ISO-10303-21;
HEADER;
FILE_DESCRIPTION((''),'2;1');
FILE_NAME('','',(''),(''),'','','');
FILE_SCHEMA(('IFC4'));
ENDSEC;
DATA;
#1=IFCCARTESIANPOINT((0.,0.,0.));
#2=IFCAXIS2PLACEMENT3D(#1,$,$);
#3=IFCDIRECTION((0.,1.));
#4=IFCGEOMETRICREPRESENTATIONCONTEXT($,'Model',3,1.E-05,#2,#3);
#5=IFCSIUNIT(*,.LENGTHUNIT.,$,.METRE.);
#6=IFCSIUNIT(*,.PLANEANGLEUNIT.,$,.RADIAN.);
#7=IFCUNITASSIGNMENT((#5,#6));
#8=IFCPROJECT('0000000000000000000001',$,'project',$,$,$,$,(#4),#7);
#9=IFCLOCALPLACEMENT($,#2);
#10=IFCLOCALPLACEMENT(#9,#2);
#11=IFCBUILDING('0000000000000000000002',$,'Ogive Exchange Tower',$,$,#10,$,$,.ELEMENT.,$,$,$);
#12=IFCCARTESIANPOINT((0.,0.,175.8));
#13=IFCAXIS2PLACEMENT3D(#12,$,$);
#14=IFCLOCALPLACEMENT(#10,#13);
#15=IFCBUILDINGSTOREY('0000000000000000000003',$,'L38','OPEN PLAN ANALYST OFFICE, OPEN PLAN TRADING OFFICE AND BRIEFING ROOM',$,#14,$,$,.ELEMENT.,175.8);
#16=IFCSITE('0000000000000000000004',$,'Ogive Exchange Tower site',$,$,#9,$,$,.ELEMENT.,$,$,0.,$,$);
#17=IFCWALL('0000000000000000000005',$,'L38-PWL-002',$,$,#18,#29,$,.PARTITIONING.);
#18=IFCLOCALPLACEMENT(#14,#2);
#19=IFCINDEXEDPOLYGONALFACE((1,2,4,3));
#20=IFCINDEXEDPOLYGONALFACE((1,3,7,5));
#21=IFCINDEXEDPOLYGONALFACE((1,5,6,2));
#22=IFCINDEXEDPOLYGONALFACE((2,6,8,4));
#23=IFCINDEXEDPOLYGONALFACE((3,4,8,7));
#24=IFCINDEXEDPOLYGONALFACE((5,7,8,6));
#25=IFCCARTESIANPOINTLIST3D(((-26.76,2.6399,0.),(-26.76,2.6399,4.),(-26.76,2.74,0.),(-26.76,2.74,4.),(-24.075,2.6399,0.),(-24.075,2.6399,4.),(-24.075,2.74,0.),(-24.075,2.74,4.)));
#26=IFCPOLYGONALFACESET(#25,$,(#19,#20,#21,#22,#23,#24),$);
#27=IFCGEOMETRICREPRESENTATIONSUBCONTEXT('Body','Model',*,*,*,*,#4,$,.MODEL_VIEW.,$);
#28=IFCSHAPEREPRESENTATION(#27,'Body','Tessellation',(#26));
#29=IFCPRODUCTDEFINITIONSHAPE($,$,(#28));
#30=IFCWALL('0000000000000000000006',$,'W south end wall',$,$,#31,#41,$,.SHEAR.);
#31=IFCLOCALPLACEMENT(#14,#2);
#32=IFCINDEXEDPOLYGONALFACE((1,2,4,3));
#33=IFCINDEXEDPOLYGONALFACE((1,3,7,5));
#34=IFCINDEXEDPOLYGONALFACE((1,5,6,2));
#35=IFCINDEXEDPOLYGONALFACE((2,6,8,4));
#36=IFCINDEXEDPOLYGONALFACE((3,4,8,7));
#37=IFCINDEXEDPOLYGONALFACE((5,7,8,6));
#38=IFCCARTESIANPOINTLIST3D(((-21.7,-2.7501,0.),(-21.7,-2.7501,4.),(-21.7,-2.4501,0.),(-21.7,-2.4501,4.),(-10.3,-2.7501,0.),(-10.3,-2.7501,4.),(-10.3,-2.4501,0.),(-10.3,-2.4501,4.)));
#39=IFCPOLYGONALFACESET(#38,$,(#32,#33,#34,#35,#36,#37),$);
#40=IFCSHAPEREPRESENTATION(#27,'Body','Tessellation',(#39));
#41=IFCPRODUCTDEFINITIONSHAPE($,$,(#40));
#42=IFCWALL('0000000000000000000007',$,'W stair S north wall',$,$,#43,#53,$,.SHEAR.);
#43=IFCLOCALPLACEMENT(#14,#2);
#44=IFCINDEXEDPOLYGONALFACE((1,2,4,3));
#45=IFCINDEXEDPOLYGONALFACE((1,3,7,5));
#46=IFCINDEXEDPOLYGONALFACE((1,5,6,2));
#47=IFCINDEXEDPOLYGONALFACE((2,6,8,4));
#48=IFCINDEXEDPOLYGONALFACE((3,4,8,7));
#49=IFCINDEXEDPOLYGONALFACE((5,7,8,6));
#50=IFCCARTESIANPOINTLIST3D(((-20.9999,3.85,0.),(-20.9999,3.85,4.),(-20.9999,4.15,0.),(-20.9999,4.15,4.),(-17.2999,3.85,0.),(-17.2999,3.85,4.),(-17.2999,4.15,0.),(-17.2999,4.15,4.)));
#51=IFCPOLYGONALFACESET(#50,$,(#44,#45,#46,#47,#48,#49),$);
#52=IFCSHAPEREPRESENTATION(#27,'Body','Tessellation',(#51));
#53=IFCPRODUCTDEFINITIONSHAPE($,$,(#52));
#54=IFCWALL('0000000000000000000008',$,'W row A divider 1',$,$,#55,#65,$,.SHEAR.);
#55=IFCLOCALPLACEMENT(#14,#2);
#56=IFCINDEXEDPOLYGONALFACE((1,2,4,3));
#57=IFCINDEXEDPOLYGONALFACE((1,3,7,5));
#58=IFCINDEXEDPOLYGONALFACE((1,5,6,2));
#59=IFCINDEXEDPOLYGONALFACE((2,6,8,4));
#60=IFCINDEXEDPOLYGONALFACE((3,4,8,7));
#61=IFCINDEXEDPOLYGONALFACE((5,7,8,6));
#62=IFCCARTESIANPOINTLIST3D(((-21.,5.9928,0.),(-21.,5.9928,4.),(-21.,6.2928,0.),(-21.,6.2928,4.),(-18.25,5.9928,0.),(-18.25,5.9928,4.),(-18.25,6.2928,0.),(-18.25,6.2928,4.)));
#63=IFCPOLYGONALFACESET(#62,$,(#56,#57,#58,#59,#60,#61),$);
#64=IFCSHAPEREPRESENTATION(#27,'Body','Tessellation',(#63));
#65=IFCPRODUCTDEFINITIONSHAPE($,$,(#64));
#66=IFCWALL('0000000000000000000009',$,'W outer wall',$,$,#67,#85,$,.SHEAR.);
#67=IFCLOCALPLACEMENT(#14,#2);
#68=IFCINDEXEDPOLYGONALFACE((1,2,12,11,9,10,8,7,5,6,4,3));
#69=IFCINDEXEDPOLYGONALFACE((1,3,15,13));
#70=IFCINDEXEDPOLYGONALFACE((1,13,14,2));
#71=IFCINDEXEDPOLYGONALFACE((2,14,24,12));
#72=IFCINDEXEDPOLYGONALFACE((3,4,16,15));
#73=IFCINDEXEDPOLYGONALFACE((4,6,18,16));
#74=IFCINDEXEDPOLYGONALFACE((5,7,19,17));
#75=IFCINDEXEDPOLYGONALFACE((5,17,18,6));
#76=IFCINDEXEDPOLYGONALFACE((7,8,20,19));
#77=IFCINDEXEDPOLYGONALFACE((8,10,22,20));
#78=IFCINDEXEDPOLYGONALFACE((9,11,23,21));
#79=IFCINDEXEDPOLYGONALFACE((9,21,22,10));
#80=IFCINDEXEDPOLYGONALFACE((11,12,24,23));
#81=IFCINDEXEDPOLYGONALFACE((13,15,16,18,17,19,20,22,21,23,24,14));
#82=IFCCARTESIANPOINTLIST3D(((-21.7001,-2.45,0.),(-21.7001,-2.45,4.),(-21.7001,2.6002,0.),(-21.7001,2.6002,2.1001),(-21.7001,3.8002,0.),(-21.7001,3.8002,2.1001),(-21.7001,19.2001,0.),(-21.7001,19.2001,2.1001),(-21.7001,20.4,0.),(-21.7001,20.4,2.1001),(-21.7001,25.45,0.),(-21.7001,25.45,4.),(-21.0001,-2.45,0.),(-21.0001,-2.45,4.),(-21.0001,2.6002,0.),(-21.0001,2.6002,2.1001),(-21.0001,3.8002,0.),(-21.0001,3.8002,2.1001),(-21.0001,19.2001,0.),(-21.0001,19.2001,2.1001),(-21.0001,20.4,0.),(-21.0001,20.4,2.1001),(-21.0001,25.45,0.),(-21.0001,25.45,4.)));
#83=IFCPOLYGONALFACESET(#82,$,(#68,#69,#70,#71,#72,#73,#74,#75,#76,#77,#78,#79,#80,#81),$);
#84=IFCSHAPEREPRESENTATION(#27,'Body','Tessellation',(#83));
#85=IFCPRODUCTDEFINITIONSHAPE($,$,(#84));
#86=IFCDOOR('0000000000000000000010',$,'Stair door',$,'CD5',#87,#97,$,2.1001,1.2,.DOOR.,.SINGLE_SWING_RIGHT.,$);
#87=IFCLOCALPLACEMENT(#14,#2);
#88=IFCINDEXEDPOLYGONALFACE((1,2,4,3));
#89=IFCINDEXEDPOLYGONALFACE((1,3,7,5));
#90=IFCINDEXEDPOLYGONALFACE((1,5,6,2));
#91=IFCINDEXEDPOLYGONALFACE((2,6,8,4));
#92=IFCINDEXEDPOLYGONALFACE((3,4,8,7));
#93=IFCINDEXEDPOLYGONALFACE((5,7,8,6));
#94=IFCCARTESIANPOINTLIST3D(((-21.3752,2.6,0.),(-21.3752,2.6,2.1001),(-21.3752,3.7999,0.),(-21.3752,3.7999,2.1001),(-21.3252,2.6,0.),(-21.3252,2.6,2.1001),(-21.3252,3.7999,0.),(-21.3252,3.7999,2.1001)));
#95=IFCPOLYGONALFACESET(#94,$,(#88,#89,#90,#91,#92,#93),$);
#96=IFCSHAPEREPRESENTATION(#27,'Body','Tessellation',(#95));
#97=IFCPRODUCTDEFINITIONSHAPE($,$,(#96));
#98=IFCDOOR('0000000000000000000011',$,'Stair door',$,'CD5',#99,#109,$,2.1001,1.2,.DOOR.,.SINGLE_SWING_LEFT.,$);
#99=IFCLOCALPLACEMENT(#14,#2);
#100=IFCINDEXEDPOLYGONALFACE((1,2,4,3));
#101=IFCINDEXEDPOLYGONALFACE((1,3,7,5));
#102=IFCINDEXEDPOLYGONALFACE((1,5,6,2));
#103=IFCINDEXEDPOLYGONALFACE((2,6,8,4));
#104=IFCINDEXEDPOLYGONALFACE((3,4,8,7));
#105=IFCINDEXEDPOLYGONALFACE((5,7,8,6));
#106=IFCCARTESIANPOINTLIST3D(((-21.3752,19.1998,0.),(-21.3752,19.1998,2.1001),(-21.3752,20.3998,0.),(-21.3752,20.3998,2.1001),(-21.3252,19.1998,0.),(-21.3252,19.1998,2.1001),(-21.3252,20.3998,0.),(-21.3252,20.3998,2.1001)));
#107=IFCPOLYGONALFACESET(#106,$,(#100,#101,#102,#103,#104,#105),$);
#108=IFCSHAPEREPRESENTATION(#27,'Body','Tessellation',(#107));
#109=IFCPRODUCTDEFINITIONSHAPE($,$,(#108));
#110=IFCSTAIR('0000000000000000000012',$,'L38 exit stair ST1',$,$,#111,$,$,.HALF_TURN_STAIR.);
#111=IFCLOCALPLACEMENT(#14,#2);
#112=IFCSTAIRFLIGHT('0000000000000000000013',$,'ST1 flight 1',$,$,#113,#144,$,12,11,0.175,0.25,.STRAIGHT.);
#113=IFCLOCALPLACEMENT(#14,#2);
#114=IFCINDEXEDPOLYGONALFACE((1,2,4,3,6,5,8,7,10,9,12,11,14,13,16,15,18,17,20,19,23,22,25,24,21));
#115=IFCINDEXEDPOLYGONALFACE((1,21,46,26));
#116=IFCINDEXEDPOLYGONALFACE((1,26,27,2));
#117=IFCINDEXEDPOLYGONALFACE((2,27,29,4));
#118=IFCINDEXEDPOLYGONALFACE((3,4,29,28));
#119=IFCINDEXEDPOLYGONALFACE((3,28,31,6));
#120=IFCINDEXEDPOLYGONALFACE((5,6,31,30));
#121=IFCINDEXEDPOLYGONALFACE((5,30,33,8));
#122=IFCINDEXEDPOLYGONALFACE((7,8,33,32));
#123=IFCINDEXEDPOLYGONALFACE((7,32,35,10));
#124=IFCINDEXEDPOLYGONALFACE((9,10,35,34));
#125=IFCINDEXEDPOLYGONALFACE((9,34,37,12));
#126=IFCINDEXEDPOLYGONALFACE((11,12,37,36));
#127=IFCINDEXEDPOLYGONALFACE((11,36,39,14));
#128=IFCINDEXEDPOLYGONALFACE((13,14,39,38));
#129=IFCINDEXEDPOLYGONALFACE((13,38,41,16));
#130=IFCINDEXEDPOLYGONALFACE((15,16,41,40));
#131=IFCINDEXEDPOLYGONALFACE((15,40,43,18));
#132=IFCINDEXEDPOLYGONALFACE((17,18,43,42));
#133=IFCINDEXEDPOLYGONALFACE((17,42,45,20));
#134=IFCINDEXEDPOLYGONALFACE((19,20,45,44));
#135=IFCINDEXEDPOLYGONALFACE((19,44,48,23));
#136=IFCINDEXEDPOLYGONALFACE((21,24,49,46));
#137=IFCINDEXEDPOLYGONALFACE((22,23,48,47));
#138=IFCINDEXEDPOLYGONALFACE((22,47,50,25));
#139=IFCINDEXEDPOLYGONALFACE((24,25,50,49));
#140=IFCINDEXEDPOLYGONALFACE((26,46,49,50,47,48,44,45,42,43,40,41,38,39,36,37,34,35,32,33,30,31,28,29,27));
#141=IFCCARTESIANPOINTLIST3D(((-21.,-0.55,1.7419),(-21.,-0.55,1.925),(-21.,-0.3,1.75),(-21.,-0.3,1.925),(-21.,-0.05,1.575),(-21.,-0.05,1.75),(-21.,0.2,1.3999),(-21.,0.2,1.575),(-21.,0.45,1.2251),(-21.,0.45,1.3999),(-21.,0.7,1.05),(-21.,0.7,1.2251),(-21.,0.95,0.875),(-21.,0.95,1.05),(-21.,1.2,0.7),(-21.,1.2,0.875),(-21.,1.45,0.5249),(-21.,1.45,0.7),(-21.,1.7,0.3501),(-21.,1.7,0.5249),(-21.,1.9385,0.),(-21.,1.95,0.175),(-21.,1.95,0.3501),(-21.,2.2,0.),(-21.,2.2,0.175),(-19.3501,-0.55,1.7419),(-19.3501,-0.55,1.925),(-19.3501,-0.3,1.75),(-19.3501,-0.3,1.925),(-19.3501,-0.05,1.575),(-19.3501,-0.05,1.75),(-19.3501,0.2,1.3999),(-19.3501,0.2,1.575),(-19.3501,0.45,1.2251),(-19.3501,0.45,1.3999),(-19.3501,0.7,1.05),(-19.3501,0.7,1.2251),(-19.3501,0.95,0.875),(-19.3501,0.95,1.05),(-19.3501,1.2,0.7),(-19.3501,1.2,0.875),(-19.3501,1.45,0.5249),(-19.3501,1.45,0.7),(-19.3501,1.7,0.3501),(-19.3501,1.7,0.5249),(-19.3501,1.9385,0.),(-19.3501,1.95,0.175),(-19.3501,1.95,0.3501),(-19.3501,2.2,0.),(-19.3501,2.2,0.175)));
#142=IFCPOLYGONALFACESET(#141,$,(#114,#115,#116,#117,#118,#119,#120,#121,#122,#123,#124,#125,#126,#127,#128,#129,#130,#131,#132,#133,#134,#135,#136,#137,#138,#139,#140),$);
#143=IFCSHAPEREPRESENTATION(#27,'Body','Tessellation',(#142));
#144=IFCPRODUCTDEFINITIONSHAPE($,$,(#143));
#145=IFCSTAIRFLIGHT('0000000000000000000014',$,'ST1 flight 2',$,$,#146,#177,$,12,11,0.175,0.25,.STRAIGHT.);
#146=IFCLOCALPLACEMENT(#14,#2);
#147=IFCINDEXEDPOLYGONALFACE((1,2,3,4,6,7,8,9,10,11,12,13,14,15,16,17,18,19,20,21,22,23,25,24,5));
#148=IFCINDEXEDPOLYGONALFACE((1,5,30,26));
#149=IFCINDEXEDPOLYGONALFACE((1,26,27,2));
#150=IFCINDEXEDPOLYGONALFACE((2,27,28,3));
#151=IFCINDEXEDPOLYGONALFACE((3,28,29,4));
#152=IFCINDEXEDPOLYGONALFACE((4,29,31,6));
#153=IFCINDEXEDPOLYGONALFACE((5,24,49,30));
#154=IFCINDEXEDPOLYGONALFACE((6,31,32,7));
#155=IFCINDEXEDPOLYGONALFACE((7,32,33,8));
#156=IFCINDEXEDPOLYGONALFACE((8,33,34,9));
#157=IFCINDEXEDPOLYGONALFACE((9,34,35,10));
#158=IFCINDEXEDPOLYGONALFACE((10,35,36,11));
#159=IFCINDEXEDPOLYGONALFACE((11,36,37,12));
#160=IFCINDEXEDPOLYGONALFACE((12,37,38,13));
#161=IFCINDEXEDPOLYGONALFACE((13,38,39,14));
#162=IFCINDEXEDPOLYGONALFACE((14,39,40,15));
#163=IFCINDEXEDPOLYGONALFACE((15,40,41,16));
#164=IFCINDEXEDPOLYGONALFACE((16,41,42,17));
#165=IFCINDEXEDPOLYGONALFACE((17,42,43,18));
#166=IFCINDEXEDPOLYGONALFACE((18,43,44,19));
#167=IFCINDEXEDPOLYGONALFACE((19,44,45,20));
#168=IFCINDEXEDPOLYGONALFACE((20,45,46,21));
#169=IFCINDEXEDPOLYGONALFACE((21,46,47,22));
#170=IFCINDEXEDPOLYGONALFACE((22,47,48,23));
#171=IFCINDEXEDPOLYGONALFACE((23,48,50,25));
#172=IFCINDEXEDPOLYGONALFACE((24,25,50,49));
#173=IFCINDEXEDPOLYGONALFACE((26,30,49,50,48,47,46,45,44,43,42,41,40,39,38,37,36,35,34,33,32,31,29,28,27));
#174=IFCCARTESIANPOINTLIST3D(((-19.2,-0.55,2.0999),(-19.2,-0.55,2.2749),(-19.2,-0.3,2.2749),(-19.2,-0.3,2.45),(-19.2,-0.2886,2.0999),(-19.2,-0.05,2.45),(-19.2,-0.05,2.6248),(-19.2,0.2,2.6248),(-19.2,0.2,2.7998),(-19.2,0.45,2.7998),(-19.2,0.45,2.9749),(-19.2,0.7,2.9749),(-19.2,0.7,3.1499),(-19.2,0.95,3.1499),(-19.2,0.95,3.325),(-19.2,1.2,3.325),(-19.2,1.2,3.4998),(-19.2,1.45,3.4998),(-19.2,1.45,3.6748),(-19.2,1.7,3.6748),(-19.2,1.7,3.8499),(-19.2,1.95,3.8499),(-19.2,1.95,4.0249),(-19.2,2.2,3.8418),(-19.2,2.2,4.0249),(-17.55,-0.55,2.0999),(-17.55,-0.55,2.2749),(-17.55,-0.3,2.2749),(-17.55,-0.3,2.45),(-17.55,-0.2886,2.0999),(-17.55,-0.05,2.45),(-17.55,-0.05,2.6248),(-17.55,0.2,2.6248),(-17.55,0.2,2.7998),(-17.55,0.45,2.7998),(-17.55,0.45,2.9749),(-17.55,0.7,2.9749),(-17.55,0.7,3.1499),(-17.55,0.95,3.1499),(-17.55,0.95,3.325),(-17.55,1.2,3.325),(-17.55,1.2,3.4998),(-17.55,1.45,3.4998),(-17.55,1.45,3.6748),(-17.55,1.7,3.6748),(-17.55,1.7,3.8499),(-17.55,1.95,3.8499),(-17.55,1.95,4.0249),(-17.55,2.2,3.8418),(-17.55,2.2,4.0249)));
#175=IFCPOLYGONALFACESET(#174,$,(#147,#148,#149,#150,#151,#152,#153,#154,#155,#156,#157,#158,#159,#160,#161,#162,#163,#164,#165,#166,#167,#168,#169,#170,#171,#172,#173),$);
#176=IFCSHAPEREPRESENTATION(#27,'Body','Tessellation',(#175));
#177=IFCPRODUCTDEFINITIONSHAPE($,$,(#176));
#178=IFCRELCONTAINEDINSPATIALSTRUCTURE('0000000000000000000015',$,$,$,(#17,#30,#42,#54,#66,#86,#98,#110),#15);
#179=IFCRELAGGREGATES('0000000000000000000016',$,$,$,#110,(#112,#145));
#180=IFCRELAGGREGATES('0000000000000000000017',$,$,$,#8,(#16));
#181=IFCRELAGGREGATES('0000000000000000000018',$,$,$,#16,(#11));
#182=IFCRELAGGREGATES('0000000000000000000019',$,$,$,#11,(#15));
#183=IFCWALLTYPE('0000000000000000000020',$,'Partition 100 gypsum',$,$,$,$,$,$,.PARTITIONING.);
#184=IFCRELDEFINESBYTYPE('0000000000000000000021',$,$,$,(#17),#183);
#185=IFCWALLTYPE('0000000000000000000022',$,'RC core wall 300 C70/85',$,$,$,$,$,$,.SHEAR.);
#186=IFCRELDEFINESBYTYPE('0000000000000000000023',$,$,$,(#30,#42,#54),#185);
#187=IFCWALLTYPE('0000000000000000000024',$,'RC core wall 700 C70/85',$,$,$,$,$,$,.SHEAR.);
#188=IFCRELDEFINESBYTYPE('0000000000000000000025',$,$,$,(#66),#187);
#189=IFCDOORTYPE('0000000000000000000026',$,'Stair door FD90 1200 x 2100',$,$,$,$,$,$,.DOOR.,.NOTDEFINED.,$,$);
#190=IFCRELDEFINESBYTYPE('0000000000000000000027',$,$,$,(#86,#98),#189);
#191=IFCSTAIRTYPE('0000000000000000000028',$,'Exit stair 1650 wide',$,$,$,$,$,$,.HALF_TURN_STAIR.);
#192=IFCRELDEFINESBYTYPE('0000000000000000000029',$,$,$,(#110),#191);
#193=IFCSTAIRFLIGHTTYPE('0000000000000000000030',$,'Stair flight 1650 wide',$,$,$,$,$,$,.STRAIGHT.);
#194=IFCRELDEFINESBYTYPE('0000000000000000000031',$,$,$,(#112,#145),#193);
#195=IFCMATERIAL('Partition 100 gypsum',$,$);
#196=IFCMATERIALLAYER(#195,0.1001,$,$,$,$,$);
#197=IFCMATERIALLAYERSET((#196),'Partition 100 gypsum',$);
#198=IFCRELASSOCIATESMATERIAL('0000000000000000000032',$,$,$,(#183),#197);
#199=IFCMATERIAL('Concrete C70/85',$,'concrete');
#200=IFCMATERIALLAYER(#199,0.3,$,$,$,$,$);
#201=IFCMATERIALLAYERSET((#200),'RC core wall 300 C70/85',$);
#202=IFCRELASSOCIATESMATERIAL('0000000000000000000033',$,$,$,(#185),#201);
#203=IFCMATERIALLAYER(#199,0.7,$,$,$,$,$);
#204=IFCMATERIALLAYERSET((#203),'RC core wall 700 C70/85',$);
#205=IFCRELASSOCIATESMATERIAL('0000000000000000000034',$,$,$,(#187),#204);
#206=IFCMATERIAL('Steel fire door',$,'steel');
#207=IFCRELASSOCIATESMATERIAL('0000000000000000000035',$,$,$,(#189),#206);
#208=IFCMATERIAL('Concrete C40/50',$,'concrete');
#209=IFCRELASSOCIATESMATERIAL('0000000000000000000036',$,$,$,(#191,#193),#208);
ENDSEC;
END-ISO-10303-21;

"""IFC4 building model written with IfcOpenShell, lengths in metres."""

from ifc_helpers import new_model, si_unit, direction, frame, frame_2d, origin, place, context, subcontext, project, spatial, polyline, rectangle, outline, extrude, material, layer, layer_set, type_object, element, fill, aggregate, save


model = new_model("IFC4")

# Units and contexts
model_context = context("Model", 3, precision=1e-05, world=origin(), true_north=direction((0.0, 1.0)))
body_context = subcontext(model_context, "Body", "Model", "MODEL_VIEW")
ifc_project = project(units=[si_unit("LENGTHUNIT", "METRE"), si_unit("PLANEANGLEUNIT", "RADIAN")], contexts=[model_context])

# Site, building, storey
site_placement = place(None, origin())
site = spatial("IfcSite", under=ifc_project, at=site_placement, Name="Ogive Exchange Tower site", CompositionType="ELEMENT", RefElevation=0.0)
building_placement = place(site_placement, origin())
building = spatial("IfcBuilding", under=site, at=building_placement, Name="Ogive Exchange Tower", CompositionType="ELEMENT")
storey_placement = place(building_placement, frame((0.0, 0.0, 175.8)))
storey = spatial("IfcBuildingStorey", under=building, at=storey_placement, Name="L38", Description="OPEN PLAN ANALYST OFFICE, OPEN PLAN TRADING OFFICE AND BRIEFING ROOM", CompositionType="ELEMENT", Elevation=175.8)

# Walls
ifc_material_1 = material(Name="Partition 100 gypsum")
ifc_layer_1 = layer(ifc_material_1, 0.1001)
ifc_layer_set_1 = layer_set([ifc_layer_1], Name="Partition 100 gypsum")
wall_type_1 = type_object("IfcWallType", Name="Partition 100 gypsum", PredefinedType="PARTITIONING", material=ifc_layer_set_1)
wall_1_placement = place(storey_placement, frame((-24.075, 2.6899, 0.0), z_axis=(0.0, 0.0, 1.0), x_axis=(-1.0, 0.0, 0.0)))
element("IfcWall", 1, at=wall_1_placement, inside=storey, type_object=wall_type_1, Name="L38-PWL-002", PredefinedType="PARTITIONING", context=body_context, shape_type="SweptSolid", body=[
    extrude(rectangle(XDim=2.6851, YDim=0.1001, at=frame_2d((1.3425, 0.0))), origin(), (0.0, 0.0, 1.0), 4.0),
])
ifc_material_2 = material(Name="Concrete C70/85", Category="concrete")
ifc_layer_2 = layer(ifc_material_2, 0.3)
ifc_layer_set_2 = layer_set([ifc_layer_2], Name="RC core wall 300 C70/85")
wall_type_2 = type_object("IfcWallType", Name="RC core wall 300 C70/85", PredefinedType="SHEAR", material=ifc_layer_set_2)
wall_2_placement = place(storey_placement, frame((-21.7, -2.6001, 0.0), z_axis=(0.0, 0.0, 1.0), x_axis=(1.0, 0.0, 0.0)))
element("IfcWall", 2, at=wall_2_placement, inside=storey, type_object=wall_type_2, Name="W south end wall", PredefinedType="SHEAR", context=body_context, shape_type="SweptSolid", body=[
    extrude(rectangle(XDim=11.3999, YDim=0.3, at=frame_2d((5.7, 0.0))), origin(), (0.0, 0.0, 1.0), 4.0),
])
wall_3_placement = place(storey_placement, frame((-21.0, 4.0, 0.0), z_axis=(0.0, 0.0, 1.0), x_axis=(1.0, 0.0, 0.0)))
element("IfcWall", 3, at=wall_3_placement, inside=storey, type_object=wall_type_2, Name="W stair S north wall", PredefinedType="SHEAR", context=body_context, shape_type="SweptSolid", body=[
    extrude(rectangle(XDim=3.7, YDim=0.3, at=frame_2d((1.8501, 0.0))), origin(), (0.0, 0.0, 1.0), 4.0),
])
wall_4_placement = place(storey_placement, frame((-21.0, 6.1428, 0.0), z_axis=(0.0, 0.0, 1.0), x_axis=(1.0, 0.0, 0.0)))
element("IfcWall", 4, at=wall_4_placement, inside=storey, type_object=wall_type_2, Name="W row A divider 1", PredefinedType="SHEAR", context=body_context, shape_type="SweptSolid", body=[
    extrude(rectangle(XDim=2.75, YDim=0.3, at=frame_2d((1.375, 0.0))), origin(), (0.0, 0.0, 1.0), 4.0),
])

# Wall, openings, doors
ifc_layer_3 = layer(ifc_material_2, 0.7)
ifc_layer_set_3 = layer_set([ifc_layer_3], Name="RC core wall 700 C70/85")
wall_type_3 = type_object("IfcWallType", Name="RC core wall 700 C70/85", PredefinedType="SHEAR", material=ifc_layer_set_3)
wall_5_placement = place(storey_placement, frame((-21.3501, -2.45, 0.0), z_axis=(0.0, 0.0, 1.0), x_axis=(0.0, 1.0, 0.0)))
wall_5 = element("IfcWall", 5, at=wall_5_placement, inside=storey, type_object=wall_type_3, Name="W outer wall", PredefinedType="SHEAR", context=body_context, shape_type="SweptSolid", body=[
    extrude(rectangle(XDim=27.8999, YDim=0.7, at=frame_2d((13.95, 0.0))), origin(), (0.0, 0.0, 1.0), 4.0),
])
opening_1_placement = place(wall_5_placement, frame((5.05, 0.0, 0.0)))
opening_1 = element("IfcOpeningElement", 6, at=opening_1_placement, cuts=wall_5, PredefinedType="OPENING", context=body_context, shape_type="SweptSolid", body=[
    extrude(rectangle(XDim=1.2, YDim=2.1001, at=frame_2d((0.6001, 1.05))), frame((0.0, 0.3599, 0.0), z_axis=(0.0, -1.0, 0.0), x_axis=(1.0, 0.0, 0.0)), (0.0, 0.0, 1.0), 0.72),
])
opening_2_placement = place(wall_5_placement, frame((21.6499, 0.0, 0.0)))
opening_2 = element("IfcOpeningElement", 7, at=opening_2_placement, cuts=wall_5, PredefinedType="OPENING", context=body_context, shape_type="SweptSolid", body=[
    extrude(rectangle(XDim=1.2, YDim=2.1001, at=frame_2d((0.6001, 1.05))), frame((0.0, 0.3599, 0.0), z_axis=(0.0, -1.0, 0.0), x_axis=(1.0, 0.0, 0.0)), (0.0, 0.0, 1.0), 0.72),
])
ifc_material_3 = material(Name="Steel fire door", Category="steel")
door_type_1 = type_object("IfcDoorType", Name="Stair door FD90 1200 x 2100", OperationType="NOTDEFINED", PredefinedType="DOOR", material=ifc_material_3)
door_1_placement = place(opening_1_placement, frame((1.2, 0.0, 0.0), z_axis=(0.0, 0.0, 1.0), x_axis=(-1.0, 0.0, 0.0)))
door_1 = element("IfcDoor", 8, at=door_1_placement, inside=storey, type_object=door_type_1, Name="Stair door", ObjectType="CD5", OperationType="SINGLE_SWING_RIGHT", OverallHeight=2.1001, OverallWidth=1.2, PredefinedType="DOOR", context=body_context, shape_type="SweptSolid", body=[
    extrude(rectangle(XDim=1.2, YDim=2.1001, at=frame_2d((0.6001, 1.05))), frame((0.0, 0.0249, 0.0), z_axis=(0.0, -1.0, 0.0), x_axis=(1.0, 0.0, 0.0)), (0.0, 0.0, 1.0), 0.05),
])
fill(opening_1, door_1)
door_2_placement = place(opening_2_placement, frame((1.2, 0.0, 0.0), z_axis=(0.0, 0.0, 1.0), x_axis=(-1.0, 0.0, 0.0)))
door_2 = element("IfcDoor", 9, at=door_2_placement, inside=storey, type_object=door_type_1, Name="Stair door", ObjectType="CD5", OperationType="SINGLE_SWING_LEFT", OverallHeight=2.1001, OverallWidth=1.2, PredefinedType="DOOR", context=body_context, shape_type="SweptSolid", body=[
    extrude(rectangle(XDim=1.2, YDim=2.1001, at=frame_2d((0.6001, 1.05))), frame((0.0, 0.0249, 0.0), z_axis=(0.0, -1.0, 0.0), x_axis=(1.0, 0.0, 0.0)), (0.0, 0.0, 1.0), 0.05),
])
fill(opening_2, door_2)

# Stair, stair flights
ifc_material_4 = material(Name="Concrete C40/50", Category="concrete")
stair_type = type_object("IfcStairType", Name="Exit stair 1650 wide", PredefinedType="HALF_TURN_STAIR", material=ifc_material_4)
stair_placement = place(storey_placement, origin())
stair = element("IfcStair", 10, at=stair_placement, inside=storey, type_object=stair_type, Name="L38 exit stair ST1", PredefinedType="HALF_TURN_STAIR")
stair_flight_type = type_object("IfcStairFlightType", Name="Stair flight 1650 wide", PredefinedType="STRAIGHT", material=ifc_material_4)
stair_flight_1_placement = place(storey_placement, frame((-20.175, 2.2, 0.0), z_axis=(0.0, 0.0, 1.0), x_axis=(0.0, -1.0, 0.0)))
stair_flight_1 = element("IfcStairFlight", 11, at=stair_flight_1_placement, type_object=stair_flight_type, Name="ST1 flight 1", NumberOfRisers=12, NumberOfTreads=11, PredefinedType="STRAIGHT", RiserHeight=0.175, TreadLength=0.25, context=body_context, shape_type="SweptSolid", body=[
    extrude(outline(polyline([(0.0, 0.0), (0.0, 0.175), (0.25, 0.175), (0.25, 0.3501), (0.5, 0.3501), (0.5, 0.5249), (0.75, 0.5249), (0.75, 0.7), (1.0, 0.7), (1.0, 0.875), (1.25, 0.875), (1.25, 1.05), (1.5, 1.05), (1.5, 1.2251), (1.75, 1.2251), (1.75, 1.3999), (2.0, 1.3999), (2.0, 1.575), (2.25, 1.575), (2.25, 1.75), (2.5, 1.75), (2.5, 1.925), (2.75, 1.925), (2.75, 2.1001), (2.75, 1.7419), (0.2615, 0.0), (0.0, 0.0)])), frame((0.0, 0.825, 0.0), z_axis=(0.0, -1.0, 0.0), x_axis=(1.0, 0.0, 0.0)), (0.0, 0.0, 1.0), 1.6499),
])
stair_flight_2_placement = place(storey_placement, frame((-18.375, -0.55, 2.0999), z_axis=(0.0, 0.0, 1.0), x_axis=(0.0, 1.0, 0.0)))
stair_flight_2 = element("IfcStairFlight", 12, at=stair_flight_2_placement, type_object=stair_flight_type, Name="ST1 flight 2", NumberOfRisers=12, NumberOfTreads=11, PredefinedType="STRAIGHT", RiserHeight=0.175, TreadLength=0.25, context=body_context, shape_type="SweptSolid", body=[
    extrude(outline(polyline([(0.0, 0.0), (0.0, 0.175), (0.25, 0.175), (0.25, 0.3501), (0.5, 0.3501), (0.5, 0.5249), (0.75, 0.5249), (0.75, 0.7), (1.0, 0.7), (1.0, 0.875), (1.25, 0.875), (1.25, 1.05), (1.5, 1.05), (1.5, 1.2251), (1.75, 1.2251), (1.75, 1.3999), (2.0, 1.3999), (2.0, 1.575), (2.25, 1.575), (2.25, 1.75), (2.5, 1.75), (2.5, 1.925), (2.75, 1.925), (2.75, 2.1001), (2.75, 1.7419), (0.2615, 0.0), (0.0, 0.0)])), frame((0.0, 0.825, 0.0), z_axis=(0.0, -1.0, 0.0), x_axis=(1.0, 0.0, 0.0)), (0.0, 0.0, 1.0), 1.6499),
])
aggregate(stair, [stair_flight_1, stair_flight_2])

save(model, "model.ifc")
